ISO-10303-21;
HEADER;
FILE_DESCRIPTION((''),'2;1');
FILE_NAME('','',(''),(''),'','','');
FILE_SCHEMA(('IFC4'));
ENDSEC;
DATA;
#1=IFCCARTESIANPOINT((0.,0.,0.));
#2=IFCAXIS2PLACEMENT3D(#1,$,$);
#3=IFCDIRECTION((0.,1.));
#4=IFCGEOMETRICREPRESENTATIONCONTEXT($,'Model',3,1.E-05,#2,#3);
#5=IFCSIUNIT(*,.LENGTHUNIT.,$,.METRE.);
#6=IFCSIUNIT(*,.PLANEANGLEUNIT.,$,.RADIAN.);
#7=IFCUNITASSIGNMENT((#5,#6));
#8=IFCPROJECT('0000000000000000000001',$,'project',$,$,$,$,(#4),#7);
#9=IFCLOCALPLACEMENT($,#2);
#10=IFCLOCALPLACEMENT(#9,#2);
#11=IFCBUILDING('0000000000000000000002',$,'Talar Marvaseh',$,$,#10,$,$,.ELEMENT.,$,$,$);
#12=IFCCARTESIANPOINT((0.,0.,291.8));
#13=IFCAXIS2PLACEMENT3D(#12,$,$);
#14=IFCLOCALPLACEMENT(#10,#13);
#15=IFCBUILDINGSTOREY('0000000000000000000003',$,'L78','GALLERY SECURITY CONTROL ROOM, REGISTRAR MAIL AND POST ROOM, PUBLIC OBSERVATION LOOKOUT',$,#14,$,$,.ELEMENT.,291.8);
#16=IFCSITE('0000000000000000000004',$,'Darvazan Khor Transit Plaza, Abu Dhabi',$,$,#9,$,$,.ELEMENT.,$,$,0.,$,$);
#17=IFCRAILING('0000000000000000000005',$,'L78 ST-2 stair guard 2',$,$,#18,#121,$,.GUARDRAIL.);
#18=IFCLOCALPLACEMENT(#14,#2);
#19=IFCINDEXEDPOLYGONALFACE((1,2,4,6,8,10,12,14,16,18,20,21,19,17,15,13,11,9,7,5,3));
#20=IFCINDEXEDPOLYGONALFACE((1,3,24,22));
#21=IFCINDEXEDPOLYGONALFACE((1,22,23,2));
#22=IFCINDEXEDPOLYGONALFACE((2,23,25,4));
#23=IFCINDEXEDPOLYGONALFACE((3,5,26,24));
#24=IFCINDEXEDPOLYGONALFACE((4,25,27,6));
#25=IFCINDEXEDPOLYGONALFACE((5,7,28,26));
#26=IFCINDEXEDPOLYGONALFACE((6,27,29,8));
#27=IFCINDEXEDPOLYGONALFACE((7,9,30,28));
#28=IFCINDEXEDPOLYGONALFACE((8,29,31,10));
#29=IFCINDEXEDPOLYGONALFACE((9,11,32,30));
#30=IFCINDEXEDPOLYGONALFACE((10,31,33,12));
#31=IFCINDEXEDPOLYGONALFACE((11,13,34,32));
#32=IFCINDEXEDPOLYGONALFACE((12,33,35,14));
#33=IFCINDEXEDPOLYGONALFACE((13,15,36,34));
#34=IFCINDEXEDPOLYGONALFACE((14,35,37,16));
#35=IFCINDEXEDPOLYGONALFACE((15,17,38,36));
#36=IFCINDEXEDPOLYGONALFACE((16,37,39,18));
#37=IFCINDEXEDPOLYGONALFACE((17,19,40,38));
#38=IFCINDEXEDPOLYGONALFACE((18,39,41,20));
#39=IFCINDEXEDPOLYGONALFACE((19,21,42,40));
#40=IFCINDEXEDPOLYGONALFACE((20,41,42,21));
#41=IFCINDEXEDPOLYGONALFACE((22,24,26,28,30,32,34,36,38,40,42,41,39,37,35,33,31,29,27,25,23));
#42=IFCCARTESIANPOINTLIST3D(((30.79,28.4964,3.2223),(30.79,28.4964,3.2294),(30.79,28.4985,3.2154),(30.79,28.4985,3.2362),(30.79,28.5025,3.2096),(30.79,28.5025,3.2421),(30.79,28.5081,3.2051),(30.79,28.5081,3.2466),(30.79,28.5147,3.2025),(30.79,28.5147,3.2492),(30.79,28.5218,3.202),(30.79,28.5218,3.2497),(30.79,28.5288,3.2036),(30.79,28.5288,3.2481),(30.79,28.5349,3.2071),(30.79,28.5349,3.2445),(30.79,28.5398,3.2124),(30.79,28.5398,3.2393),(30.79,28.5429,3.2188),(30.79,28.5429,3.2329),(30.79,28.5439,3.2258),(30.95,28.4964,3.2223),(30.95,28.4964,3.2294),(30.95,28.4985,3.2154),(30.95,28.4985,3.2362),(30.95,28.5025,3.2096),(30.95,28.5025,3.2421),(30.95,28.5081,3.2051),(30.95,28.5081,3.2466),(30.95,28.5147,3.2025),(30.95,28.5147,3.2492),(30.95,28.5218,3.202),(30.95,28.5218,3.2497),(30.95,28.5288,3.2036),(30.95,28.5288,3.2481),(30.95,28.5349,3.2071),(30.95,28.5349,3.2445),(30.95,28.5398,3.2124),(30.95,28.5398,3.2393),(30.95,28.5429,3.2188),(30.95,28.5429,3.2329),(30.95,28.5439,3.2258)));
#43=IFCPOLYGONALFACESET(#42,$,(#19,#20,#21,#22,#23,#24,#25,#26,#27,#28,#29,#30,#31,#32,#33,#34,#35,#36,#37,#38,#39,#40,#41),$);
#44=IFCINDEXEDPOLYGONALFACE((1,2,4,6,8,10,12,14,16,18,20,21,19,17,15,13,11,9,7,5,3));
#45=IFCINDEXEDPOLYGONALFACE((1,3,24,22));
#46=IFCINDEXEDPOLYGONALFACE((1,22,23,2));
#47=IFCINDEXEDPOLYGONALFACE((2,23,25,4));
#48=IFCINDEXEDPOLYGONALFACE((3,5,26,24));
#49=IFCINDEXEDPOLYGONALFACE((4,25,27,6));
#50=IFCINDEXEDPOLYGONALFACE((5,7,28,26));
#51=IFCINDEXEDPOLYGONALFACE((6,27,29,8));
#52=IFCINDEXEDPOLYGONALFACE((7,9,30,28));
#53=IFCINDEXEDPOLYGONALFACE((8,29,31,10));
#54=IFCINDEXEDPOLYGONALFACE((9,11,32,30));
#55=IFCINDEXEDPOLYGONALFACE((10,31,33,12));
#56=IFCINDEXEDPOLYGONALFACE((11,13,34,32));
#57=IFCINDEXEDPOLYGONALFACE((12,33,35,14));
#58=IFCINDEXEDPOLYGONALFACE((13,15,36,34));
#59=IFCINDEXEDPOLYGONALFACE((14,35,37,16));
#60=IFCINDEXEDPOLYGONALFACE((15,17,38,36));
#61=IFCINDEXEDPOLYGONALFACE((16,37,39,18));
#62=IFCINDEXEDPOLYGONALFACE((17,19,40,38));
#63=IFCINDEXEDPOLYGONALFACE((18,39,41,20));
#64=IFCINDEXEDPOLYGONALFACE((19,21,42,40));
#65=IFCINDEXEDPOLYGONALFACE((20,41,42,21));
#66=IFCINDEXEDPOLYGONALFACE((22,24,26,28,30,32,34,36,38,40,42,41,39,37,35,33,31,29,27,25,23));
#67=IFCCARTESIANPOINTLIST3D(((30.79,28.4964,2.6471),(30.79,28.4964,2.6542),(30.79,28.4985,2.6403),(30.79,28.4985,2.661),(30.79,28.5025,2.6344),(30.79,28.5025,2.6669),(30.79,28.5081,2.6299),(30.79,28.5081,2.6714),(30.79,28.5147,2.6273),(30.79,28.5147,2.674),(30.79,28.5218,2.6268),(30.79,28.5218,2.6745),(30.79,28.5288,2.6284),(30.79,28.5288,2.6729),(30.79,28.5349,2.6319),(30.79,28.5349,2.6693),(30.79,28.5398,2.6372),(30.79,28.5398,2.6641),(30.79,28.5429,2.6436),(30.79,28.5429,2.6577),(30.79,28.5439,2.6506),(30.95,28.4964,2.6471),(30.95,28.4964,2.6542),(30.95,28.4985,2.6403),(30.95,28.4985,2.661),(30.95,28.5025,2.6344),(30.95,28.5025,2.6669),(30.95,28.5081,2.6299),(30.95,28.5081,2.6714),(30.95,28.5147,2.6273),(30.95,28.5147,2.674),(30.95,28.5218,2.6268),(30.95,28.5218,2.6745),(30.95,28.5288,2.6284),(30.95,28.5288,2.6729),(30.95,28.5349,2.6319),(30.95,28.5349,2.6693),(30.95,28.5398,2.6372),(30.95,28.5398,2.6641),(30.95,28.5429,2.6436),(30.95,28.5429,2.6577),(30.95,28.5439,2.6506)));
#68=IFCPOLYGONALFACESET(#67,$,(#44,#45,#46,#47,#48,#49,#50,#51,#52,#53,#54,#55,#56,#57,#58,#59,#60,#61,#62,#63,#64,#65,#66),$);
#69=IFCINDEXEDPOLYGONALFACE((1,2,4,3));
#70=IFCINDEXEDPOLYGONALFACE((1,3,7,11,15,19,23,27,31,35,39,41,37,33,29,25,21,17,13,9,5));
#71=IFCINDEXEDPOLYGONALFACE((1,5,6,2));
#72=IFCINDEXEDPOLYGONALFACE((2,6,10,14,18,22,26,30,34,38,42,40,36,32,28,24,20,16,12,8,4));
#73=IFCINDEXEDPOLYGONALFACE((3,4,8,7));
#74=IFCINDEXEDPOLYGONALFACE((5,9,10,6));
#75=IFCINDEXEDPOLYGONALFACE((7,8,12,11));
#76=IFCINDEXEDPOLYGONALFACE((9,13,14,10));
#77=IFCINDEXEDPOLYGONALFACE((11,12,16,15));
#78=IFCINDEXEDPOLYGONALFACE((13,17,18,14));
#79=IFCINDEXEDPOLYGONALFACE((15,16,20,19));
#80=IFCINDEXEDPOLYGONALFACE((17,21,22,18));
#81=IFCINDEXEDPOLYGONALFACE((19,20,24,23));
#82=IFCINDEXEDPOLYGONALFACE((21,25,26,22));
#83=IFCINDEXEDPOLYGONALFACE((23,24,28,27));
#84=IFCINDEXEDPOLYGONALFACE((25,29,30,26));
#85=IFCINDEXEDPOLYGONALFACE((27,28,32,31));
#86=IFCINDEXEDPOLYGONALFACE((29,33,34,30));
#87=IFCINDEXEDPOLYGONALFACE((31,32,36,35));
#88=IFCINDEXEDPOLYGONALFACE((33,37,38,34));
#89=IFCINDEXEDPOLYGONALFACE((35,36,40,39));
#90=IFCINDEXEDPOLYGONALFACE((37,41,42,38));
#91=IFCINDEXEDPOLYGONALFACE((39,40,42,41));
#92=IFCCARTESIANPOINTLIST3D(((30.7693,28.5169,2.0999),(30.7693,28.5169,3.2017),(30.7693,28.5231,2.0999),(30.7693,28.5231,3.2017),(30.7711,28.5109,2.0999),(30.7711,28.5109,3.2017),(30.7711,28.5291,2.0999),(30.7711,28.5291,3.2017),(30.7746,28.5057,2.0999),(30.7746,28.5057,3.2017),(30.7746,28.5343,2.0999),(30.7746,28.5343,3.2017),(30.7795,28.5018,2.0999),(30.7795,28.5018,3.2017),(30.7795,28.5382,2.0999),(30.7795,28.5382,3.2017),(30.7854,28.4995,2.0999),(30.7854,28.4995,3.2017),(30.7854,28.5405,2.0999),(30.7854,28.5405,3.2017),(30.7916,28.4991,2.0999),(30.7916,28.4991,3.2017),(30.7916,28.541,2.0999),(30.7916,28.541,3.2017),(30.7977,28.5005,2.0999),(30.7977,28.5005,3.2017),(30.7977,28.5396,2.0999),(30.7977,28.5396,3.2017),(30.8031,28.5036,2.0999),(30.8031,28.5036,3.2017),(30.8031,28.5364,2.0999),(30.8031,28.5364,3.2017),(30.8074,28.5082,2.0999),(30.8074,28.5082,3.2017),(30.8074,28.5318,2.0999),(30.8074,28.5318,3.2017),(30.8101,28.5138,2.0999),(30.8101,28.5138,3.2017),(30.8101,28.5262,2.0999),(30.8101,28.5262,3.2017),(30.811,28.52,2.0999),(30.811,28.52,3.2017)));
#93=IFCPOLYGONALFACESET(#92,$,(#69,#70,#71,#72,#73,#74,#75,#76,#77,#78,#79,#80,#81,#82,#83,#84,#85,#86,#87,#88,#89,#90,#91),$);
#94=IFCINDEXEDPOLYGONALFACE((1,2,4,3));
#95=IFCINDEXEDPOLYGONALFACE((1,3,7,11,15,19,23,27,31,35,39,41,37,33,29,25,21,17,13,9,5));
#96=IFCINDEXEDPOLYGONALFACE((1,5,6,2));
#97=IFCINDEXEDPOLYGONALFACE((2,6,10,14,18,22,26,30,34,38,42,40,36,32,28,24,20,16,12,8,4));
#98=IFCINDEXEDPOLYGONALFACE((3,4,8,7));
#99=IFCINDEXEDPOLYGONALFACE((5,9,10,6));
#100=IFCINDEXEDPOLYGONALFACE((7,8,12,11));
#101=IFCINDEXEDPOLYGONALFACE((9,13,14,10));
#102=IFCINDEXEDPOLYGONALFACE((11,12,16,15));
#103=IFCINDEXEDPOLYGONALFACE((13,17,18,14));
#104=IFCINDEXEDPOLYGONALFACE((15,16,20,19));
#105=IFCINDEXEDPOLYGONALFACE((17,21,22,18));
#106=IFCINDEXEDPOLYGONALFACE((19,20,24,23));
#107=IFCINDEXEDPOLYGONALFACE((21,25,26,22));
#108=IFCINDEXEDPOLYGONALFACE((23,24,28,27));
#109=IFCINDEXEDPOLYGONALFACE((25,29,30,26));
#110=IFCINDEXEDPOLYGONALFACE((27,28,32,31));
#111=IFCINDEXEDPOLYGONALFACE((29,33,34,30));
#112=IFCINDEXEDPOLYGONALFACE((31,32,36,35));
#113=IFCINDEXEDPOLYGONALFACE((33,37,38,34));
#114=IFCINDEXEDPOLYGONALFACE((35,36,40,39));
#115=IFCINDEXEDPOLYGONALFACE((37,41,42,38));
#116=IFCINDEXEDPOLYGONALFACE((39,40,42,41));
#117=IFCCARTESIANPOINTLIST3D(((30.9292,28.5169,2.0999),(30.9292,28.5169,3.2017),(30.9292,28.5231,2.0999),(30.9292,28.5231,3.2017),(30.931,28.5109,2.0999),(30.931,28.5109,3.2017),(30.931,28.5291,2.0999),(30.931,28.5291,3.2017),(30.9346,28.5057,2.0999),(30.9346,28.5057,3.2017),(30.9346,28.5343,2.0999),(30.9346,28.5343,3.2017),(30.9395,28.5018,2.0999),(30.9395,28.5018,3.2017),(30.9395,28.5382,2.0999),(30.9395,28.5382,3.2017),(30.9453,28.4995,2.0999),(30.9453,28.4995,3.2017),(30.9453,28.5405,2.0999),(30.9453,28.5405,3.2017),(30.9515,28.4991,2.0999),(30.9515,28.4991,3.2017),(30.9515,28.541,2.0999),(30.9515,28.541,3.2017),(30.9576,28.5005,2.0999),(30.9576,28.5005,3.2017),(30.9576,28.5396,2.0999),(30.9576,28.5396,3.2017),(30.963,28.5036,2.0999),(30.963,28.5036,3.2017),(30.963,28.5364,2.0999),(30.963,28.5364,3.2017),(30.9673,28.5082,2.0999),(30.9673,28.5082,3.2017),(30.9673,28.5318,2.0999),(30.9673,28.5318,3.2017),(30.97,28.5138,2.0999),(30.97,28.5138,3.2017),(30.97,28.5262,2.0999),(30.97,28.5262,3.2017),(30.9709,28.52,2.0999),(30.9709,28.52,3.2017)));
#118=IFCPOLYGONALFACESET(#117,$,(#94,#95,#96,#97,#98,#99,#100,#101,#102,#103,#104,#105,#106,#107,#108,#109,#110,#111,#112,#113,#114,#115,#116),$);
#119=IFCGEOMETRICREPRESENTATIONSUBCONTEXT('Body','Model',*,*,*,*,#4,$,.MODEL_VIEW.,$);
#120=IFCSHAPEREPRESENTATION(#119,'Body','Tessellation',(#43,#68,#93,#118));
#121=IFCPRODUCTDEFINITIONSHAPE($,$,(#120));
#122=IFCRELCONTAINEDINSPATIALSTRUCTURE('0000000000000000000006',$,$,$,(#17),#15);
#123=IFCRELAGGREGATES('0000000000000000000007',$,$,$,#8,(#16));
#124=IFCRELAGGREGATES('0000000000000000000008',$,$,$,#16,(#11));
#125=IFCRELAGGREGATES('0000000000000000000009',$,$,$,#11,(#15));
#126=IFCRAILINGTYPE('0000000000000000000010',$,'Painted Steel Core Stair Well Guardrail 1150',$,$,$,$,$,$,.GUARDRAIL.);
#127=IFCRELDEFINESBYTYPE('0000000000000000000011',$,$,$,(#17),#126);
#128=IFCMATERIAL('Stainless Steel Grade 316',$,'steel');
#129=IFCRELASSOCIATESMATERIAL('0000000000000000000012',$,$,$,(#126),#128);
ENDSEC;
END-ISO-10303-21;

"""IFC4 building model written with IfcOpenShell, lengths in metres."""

from ifc_helpers import new_model, si_unit, direction, frame, origin, origin_2d, place, context, subcontext, project, spatial, circle, extrude, material, type_object, element, save


model = new_model("IFC4")

# Units and contexts
model_context = context("Model", 3, precision=1e-05, world=origin(), true_north=direction((0.0, 1.0)))
body_context = subcontext(model_context, "Body", "Model", "MODEL_VIEW")
ifc_project = project(units=[si_unit("LENGTHUNIT", "METRE"), si_unit("PLANEANGLEUNIT", "RADIAN")], contexts=[model_context])

# Site, building, storey
site_placement = place(None, origin())
site = spatial("IfcSite", under=ifc_project, at=site_placement, Name="Darvazan Khor Transit Plaza, Abu Dhabi", CompositionType="ELEMENT", RefElevation=0.0)
building_placement = place(site_placement, origin())
building = spatial("IfcBuilding", under=site, at=building_placement, Name="Talar Marvaseh", CompositionType="ELEMENT")
storey_placement = place(building_placement, frame((0.0, 0.0, 291.8)))
storey = spatial("IfcBuildingStorey", under=building, at=storey_placement, Name="L78", Description="GALLERY SECURITY CONTROL ROOM, REGISTRAR MAIL AND POST ROOM, PUBLIC OBSERVATION LOOKOUT", CompositionType="ELEMENT", Elevation=291.8)

# Railing
ifc_material_1 = material(Name="Stainless Steel Grade 316", Category="steel")
railing_type_1 = type_object("IfcRailingType", Name="Painted Steel Core Stair Well Guardrail 1150", PredefinedType="GUARDRAIL", material=ifc_material_1)
railing_1_placement = place(storey_placement, frame((30.79, 28.52, 2.0999)))
element("IfcRailing", 1, at=railing_1_placement, inside=storey, type_object=railing_type_1, Name="L78 ST-2 stair guard 2", PredefinedType="GUARDRAIL", context=body_context, shape_type="SweptSolid", body=[
    extrude(circle(Radius=0.0239, at=origin_2d()), frame((0.0, 0.0, 1.126), z_axis=(1.0, 0.0, 0.0), x_axis=(0.0, 1.0, 0.0)), (0.0, 0.0, 1.0), 0.1599),
    extrude(circle(Radius=0.0239, at=origin_2d()), frame((0.0, 0.0, 0.5508), z_axis=(1.0, 0.0, 0.0), x_axis=(0.0, 1.0, 0.0)), (0.0, 0.0, 1.0), 0.1599),
    extrude(circle(Radius=0.021, at=origin_2d()), origin(), (0.0, 0.0, 1.0), 1.1018),
    extrude(circle(Radius=0.021, at=origin_2d()), frame((0.1599, 0.0, 0.0)), (0.0, 0.0, 1.0), 1.1018),
])

save(model, "model.ifc")
